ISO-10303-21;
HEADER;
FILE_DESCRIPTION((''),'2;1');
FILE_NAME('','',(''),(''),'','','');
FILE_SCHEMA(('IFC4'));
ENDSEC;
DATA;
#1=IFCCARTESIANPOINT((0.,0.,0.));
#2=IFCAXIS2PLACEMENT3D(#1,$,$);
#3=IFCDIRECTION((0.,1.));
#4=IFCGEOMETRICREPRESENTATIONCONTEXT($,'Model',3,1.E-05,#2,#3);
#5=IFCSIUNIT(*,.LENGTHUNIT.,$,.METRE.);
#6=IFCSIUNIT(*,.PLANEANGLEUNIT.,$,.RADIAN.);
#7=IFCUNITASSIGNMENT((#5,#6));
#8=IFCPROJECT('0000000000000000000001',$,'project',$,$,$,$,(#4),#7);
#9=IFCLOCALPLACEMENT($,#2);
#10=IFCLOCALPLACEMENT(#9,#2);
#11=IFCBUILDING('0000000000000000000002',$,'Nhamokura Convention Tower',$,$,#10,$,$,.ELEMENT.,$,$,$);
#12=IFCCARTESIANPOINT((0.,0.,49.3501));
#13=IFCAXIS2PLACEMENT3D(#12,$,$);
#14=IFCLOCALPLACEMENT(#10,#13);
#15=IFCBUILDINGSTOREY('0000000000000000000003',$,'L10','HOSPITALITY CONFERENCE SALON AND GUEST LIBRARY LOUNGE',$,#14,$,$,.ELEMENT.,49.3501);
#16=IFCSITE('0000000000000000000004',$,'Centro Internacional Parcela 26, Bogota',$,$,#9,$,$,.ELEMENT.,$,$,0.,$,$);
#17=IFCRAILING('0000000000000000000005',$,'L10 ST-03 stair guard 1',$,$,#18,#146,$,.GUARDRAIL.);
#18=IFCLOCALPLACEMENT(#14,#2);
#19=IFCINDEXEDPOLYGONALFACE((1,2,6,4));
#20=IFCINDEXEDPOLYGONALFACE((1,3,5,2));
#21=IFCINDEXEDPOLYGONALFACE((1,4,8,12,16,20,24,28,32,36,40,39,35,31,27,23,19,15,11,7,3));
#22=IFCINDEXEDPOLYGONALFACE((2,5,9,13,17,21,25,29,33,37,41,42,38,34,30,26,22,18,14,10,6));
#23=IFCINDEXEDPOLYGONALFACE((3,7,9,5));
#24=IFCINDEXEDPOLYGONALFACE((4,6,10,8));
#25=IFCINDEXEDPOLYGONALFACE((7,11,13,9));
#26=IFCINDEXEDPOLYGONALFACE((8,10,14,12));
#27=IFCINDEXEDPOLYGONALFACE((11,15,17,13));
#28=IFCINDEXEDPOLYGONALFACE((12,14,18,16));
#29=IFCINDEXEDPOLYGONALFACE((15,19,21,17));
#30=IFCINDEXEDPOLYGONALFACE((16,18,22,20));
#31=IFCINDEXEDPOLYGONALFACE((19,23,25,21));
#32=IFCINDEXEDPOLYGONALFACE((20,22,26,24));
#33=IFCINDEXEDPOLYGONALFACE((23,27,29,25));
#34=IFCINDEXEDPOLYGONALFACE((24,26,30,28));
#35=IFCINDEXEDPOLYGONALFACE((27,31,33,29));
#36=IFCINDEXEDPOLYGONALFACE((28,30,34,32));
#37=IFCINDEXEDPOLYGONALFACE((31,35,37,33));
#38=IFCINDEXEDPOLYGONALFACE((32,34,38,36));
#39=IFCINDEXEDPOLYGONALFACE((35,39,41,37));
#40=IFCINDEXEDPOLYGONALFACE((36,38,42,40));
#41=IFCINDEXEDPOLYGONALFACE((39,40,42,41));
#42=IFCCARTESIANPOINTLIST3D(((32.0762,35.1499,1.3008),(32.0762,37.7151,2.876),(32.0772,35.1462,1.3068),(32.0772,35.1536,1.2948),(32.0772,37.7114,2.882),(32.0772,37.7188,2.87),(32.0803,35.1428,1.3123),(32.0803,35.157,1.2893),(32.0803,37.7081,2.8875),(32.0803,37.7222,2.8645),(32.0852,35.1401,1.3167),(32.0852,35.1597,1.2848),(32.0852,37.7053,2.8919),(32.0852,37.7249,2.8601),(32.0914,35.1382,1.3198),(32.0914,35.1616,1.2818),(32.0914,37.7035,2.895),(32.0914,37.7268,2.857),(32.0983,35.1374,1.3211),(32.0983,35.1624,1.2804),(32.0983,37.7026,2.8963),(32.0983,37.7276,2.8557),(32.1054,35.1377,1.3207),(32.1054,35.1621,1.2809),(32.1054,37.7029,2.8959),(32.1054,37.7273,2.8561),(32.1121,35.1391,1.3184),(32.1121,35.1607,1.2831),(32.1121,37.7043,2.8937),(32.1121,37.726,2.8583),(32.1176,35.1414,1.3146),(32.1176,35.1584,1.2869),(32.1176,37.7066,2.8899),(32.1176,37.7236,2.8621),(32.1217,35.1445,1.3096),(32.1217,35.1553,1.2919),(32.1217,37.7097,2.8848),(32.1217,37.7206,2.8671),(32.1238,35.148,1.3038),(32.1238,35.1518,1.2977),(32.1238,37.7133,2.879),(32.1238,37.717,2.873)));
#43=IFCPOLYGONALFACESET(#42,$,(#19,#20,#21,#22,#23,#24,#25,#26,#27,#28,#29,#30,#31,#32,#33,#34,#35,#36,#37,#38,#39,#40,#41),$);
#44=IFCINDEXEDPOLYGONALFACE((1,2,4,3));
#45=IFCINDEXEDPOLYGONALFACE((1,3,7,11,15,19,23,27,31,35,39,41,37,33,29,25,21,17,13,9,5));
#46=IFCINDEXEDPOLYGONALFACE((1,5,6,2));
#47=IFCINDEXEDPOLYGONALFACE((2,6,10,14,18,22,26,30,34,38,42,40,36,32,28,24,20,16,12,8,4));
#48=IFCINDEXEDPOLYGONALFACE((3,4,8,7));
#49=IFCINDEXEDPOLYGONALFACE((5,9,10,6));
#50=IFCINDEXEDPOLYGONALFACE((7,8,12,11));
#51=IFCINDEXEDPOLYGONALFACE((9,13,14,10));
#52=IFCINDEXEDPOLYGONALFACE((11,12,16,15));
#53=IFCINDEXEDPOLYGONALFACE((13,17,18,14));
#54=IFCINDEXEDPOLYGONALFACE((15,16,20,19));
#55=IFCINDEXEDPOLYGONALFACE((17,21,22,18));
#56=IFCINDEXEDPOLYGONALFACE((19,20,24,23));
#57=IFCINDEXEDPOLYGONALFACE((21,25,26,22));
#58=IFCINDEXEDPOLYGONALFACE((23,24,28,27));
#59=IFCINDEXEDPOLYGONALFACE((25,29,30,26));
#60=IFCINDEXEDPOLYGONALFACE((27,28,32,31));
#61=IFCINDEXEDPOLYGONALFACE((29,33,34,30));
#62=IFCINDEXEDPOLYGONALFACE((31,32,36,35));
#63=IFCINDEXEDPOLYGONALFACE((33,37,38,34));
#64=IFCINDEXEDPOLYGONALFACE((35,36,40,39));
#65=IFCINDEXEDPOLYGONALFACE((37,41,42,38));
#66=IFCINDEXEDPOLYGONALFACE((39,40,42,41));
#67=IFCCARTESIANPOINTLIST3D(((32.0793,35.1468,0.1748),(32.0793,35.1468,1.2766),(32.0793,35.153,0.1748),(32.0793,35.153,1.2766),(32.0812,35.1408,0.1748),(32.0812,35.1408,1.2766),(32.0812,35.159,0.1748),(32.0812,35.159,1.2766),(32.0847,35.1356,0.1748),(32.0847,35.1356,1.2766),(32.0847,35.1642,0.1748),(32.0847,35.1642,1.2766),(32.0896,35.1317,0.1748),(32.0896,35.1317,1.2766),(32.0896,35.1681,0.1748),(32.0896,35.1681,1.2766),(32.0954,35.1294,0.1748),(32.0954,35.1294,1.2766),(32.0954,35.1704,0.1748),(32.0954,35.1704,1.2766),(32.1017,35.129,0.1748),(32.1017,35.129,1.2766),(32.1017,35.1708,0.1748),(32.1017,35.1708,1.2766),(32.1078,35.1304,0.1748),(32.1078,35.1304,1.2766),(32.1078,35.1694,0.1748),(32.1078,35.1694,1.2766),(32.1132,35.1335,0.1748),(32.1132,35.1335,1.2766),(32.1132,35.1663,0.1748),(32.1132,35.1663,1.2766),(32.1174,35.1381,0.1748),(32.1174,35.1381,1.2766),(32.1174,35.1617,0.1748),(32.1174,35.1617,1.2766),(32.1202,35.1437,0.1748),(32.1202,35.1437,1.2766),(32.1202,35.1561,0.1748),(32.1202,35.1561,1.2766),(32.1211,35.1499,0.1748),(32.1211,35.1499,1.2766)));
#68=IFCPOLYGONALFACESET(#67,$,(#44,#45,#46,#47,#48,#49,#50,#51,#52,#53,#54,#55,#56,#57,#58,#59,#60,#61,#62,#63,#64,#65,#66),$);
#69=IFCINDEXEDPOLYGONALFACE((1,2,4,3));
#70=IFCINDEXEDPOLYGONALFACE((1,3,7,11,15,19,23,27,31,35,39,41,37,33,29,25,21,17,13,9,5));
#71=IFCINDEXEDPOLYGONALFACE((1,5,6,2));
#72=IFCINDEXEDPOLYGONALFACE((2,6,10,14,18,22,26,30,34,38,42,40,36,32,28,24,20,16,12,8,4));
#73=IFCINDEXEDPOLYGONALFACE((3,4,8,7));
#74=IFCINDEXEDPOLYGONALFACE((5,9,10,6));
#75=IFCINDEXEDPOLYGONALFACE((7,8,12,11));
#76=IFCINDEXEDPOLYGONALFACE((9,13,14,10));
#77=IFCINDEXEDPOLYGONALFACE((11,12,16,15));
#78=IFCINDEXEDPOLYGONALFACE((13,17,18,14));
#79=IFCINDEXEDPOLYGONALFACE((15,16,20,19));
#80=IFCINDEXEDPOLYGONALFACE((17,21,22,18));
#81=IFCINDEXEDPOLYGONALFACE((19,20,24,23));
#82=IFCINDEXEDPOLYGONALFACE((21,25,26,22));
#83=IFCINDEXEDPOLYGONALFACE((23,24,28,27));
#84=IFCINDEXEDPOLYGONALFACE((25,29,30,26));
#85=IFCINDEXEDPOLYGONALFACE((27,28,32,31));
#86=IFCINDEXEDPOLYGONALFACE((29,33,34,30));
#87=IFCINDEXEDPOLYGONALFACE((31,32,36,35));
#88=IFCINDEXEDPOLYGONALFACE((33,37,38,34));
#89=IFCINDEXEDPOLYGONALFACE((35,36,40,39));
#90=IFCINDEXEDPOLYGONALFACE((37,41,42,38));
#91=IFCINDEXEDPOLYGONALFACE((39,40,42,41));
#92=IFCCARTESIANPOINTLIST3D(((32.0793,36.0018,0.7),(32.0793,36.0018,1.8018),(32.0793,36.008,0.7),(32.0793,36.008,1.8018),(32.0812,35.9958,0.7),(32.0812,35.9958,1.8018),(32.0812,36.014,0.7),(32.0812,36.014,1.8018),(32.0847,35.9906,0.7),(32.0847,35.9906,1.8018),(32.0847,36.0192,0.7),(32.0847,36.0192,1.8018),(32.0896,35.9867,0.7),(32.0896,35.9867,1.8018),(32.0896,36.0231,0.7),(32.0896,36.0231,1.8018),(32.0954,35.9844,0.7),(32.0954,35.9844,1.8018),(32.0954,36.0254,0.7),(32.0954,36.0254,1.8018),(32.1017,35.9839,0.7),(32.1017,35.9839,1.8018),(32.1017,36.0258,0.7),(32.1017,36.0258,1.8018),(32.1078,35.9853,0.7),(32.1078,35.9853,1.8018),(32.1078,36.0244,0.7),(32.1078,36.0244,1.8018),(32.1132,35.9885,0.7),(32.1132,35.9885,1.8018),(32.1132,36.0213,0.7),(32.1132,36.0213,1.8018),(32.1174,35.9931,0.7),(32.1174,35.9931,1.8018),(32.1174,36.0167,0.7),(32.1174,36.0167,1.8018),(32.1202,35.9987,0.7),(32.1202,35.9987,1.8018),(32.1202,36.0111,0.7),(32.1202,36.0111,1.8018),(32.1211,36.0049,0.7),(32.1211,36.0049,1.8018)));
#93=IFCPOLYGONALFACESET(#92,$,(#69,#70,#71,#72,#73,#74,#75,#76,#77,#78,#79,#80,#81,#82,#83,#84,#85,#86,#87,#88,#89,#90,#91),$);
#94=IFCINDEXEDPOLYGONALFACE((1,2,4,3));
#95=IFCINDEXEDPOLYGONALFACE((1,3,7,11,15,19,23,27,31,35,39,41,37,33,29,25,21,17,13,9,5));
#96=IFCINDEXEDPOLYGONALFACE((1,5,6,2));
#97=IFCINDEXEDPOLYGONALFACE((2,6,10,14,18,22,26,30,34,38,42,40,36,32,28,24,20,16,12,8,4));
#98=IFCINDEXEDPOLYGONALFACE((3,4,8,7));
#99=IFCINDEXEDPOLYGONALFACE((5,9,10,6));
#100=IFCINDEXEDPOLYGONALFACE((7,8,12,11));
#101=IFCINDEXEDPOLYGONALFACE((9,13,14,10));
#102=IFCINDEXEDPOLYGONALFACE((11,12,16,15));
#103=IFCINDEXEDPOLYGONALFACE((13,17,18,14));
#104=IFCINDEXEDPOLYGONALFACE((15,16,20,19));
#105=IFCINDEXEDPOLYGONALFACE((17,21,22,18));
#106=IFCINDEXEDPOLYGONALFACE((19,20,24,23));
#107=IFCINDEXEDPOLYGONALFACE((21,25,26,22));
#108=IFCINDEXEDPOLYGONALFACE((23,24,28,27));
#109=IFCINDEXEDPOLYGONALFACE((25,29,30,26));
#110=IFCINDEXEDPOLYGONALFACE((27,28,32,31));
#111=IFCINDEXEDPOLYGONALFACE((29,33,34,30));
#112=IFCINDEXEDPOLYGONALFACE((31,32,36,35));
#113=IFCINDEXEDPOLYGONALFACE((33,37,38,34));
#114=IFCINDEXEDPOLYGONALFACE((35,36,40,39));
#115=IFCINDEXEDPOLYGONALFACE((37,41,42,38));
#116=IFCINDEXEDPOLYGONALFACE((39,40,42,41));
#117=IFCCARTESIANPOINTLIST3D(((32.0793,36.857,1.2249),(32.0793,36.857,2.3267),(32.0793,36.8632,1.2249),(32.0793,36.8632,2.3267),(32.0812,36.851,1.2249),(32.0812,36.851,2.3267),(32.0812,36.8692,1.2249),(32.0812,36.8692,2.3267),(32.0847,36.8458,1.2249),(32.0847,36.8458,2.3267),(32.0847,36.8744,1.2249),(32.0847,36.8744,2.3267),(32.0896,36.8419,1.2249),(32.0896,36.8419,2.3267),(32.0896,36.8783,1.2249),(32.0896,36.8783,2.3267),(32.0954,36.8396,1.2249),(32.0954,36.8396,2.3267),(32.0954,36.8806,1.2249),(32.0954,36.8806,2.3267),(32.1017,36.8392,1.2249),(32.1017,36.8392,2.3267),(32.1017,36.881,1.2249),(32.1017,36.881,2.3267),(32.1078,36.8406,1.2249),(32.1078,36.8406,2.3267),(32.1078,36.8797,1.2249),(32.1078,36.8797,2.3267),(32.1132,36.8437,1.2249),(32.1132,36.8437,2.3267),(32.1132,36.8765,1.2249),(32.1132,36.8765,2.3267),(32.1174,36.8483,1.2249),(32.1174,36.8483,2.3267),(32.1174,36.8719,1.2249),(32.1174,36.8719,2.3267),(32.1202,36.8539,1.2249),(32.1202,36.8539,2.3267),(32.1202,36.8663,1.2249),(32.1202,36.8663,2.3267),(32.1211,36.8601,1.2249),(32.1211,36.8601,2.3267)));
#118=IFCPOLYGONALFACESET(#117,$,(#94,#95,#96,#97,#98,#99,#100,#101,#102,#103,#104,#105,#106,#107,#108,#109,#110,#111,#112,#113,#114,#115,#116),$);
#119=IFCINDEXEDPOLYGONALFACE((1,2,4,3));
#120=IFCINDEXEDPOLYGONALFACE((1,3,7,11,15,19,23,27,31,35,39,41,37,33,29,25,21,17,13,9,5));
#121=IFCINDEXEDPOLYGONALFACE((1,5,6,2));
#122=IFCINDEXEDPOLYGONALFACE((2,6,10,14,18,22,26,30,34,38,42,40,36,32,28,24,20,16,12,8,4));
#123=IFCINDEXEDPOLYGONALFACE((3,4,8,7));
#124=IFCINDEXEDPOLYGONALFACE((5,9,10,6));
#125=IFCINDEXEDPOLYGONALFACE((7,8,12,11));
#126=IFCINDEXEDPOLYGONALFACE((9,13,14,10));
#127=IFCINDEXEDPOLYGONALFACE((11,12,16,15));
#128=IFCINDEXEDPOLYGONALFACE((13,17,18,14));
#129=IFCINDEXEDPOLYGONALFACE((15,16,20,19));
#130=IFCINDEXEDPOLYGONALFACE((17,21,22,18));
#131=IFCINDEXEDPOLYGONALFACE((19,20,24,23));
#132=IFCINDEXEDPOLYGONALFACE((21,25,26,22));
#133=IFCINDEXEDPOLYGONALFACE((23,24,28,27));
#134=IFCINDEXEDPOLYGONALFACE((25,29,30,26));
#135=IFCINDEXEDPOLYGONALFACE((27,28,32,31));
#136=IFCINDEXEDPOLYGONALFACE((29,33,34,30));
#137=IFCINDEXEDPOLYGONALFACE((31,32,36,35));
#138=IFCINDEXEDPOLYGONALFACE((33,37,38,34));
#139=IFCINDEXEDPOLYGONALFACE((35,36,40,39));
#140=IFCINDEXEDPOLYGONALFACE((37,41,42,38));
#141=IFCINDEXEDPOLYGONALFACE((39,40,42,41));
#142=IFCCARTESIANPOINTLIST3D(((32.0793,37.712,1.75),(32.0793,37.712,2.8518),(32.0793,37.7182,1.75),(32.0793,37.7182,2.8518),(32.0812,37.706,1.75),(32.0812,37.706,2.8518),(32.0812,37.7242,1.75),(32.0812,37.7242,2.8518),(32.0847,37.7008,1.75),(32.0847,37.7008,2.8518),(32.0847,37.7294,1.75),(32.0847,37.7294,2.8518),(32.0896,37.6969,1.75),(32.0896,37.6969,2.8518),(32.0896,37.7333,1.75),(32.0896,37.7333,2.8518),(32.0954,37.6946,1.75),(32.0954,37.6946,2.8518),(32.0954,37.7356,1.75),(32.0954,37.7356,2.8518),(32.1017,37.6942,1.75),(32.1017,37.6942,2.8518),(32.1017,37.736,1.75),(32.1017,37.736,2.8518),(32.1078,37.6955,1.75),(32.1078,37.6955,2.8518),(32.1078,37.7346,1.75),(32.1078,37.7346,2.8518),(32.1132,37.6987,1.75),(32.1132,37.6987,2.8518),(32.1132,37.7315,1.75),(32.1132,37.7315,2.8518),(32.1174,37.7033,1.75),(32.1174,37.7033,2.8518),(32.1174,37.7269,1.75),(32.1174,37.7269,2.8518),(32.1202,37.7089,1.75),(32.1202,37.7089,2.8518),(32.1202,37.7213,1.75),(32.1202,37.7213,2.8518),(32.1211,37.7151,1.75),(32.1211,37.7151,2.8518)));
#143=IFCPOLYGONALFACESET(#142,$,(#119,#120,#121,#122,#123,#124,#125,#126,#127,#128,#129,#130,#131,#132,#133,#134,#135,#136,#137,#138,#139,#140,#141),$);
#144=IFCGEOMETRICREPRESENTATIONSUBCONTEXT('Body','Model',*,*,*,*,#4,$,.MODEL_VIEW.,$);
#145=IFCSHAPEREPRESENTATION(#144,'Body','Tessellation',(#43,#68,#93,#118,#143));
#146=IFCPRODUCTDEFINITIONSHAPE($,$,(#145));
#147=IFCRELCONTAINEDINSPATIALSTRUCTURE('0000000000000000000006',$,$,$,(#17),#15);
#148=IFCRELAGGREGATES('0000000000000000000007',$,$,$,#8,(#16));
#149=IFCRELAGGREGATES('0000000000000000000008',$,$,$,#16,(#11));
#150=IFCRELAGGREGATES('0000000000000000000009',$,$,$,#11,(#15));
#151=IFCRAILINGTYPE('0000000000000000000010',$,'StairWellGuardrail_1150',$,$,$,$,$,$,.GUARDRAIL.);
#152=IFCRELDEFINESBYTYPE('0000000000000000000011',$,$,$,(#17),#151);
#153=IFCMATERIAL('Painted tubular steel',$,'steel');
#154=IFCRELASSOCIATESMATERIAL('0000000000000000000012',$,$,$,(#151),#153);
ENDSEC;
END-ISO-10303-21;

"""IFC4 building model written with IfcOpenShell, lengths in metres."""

from ifc_helpers import new_model, si_unit, direction, frame, origin, origin_2d, place, context, subcontext, project, spatial, circle, extrude, material, type_object, element, save


model = new_model("IFC4")

# Units and contexts
model_context = context("Model", 3, precision=1e-05, world=origin(), true_north=direction((0.0, 1.0)))
body_context = subcontext(model_context, "Body", "Model", "MODEL_VIEW")
ifc_project = project(units=[si_unit("LENGTHUNIT", "METRE"), si_unit("PLANEANGLEUNIT", "RADIAN")], contexts=[model_context])

# Site, building, storey
site_placement = place(None, origin())
site = spatial("IfcSite", under=ifc_project, at=site_placement, Name="Centro Internacional Parcela 26, Bogota", CompositionType="ELEMENT", RefElevation=0.0)
building_placement = place(site_placement, origin())
building = spatial("IfcBuilding", under=site, at=building_placement, Name="Nhamokura Convention Tower", CompositionType="ELEMENT")
storey_placement = place(building_placement, frame((0.0, 0.0, 49.3501)))
storey = spatial("IfcBuildingStorey", under=building, at=storey_placement, Name="L10", Description="HOSPITALITY CONFERENCE SALON AND GUEST LIBRARY LOUNGE", CompositionType="ELEMENT", Elevation=49.3501)

# Railing
ifc_material_1 = material(Name="Painted tubular steel", Category="steel")
railing_type_1 = type_object("IfcRailingType", Name="StairWellGuardrail_1150", PredefinedType="GUARDRAIL", material=ifc_material_1)
railing_1_placement = place(storey_placement, frame((32.1001, 35.1499, 0.1748)))
element("IfcRailing", 1, at=railing_1_placement, inside=storey, type_object=railing_type_1, Name="L10 ST-03 stair guard 1", PredefinedType="GUARDRAIL", context=body_context, shape_type="SweptSolid", body=[
    extrude(circle(Radius=0.0239, at=origin_2d()), frame((0.0, 0.0, 1.126), z_axis=(0.0, 0.852159, 0.523283), x_axis=(-1.0, 0.0, 0.0)), (0.0, 0.0, 1.0), 3.0103),
    extrude(circle(Radius=0.021, at=origin_2d()), origin(), (0.0, 0.0, 1.0), 1.1018),
    extrude(circle(Radius=0.021, at=origin_2d()), frame((0.0, 0.855, 0.5251)), (0.0, 0.0, 1.0), 1.1018),
    extrude(circle(Radius=0.021, at=origin_2d()), frame((0.0, 1.7102, 1.05)), (0.0, 0.0, 1.0), 1.1018),
    extrude(circle(Radius=0.021, at=origin_2d()), frame((0.0, 2.5652, 1.5752)), (0.0, 0.0, 1.0), 1.1018),
])

save(model, "model.ifc")
